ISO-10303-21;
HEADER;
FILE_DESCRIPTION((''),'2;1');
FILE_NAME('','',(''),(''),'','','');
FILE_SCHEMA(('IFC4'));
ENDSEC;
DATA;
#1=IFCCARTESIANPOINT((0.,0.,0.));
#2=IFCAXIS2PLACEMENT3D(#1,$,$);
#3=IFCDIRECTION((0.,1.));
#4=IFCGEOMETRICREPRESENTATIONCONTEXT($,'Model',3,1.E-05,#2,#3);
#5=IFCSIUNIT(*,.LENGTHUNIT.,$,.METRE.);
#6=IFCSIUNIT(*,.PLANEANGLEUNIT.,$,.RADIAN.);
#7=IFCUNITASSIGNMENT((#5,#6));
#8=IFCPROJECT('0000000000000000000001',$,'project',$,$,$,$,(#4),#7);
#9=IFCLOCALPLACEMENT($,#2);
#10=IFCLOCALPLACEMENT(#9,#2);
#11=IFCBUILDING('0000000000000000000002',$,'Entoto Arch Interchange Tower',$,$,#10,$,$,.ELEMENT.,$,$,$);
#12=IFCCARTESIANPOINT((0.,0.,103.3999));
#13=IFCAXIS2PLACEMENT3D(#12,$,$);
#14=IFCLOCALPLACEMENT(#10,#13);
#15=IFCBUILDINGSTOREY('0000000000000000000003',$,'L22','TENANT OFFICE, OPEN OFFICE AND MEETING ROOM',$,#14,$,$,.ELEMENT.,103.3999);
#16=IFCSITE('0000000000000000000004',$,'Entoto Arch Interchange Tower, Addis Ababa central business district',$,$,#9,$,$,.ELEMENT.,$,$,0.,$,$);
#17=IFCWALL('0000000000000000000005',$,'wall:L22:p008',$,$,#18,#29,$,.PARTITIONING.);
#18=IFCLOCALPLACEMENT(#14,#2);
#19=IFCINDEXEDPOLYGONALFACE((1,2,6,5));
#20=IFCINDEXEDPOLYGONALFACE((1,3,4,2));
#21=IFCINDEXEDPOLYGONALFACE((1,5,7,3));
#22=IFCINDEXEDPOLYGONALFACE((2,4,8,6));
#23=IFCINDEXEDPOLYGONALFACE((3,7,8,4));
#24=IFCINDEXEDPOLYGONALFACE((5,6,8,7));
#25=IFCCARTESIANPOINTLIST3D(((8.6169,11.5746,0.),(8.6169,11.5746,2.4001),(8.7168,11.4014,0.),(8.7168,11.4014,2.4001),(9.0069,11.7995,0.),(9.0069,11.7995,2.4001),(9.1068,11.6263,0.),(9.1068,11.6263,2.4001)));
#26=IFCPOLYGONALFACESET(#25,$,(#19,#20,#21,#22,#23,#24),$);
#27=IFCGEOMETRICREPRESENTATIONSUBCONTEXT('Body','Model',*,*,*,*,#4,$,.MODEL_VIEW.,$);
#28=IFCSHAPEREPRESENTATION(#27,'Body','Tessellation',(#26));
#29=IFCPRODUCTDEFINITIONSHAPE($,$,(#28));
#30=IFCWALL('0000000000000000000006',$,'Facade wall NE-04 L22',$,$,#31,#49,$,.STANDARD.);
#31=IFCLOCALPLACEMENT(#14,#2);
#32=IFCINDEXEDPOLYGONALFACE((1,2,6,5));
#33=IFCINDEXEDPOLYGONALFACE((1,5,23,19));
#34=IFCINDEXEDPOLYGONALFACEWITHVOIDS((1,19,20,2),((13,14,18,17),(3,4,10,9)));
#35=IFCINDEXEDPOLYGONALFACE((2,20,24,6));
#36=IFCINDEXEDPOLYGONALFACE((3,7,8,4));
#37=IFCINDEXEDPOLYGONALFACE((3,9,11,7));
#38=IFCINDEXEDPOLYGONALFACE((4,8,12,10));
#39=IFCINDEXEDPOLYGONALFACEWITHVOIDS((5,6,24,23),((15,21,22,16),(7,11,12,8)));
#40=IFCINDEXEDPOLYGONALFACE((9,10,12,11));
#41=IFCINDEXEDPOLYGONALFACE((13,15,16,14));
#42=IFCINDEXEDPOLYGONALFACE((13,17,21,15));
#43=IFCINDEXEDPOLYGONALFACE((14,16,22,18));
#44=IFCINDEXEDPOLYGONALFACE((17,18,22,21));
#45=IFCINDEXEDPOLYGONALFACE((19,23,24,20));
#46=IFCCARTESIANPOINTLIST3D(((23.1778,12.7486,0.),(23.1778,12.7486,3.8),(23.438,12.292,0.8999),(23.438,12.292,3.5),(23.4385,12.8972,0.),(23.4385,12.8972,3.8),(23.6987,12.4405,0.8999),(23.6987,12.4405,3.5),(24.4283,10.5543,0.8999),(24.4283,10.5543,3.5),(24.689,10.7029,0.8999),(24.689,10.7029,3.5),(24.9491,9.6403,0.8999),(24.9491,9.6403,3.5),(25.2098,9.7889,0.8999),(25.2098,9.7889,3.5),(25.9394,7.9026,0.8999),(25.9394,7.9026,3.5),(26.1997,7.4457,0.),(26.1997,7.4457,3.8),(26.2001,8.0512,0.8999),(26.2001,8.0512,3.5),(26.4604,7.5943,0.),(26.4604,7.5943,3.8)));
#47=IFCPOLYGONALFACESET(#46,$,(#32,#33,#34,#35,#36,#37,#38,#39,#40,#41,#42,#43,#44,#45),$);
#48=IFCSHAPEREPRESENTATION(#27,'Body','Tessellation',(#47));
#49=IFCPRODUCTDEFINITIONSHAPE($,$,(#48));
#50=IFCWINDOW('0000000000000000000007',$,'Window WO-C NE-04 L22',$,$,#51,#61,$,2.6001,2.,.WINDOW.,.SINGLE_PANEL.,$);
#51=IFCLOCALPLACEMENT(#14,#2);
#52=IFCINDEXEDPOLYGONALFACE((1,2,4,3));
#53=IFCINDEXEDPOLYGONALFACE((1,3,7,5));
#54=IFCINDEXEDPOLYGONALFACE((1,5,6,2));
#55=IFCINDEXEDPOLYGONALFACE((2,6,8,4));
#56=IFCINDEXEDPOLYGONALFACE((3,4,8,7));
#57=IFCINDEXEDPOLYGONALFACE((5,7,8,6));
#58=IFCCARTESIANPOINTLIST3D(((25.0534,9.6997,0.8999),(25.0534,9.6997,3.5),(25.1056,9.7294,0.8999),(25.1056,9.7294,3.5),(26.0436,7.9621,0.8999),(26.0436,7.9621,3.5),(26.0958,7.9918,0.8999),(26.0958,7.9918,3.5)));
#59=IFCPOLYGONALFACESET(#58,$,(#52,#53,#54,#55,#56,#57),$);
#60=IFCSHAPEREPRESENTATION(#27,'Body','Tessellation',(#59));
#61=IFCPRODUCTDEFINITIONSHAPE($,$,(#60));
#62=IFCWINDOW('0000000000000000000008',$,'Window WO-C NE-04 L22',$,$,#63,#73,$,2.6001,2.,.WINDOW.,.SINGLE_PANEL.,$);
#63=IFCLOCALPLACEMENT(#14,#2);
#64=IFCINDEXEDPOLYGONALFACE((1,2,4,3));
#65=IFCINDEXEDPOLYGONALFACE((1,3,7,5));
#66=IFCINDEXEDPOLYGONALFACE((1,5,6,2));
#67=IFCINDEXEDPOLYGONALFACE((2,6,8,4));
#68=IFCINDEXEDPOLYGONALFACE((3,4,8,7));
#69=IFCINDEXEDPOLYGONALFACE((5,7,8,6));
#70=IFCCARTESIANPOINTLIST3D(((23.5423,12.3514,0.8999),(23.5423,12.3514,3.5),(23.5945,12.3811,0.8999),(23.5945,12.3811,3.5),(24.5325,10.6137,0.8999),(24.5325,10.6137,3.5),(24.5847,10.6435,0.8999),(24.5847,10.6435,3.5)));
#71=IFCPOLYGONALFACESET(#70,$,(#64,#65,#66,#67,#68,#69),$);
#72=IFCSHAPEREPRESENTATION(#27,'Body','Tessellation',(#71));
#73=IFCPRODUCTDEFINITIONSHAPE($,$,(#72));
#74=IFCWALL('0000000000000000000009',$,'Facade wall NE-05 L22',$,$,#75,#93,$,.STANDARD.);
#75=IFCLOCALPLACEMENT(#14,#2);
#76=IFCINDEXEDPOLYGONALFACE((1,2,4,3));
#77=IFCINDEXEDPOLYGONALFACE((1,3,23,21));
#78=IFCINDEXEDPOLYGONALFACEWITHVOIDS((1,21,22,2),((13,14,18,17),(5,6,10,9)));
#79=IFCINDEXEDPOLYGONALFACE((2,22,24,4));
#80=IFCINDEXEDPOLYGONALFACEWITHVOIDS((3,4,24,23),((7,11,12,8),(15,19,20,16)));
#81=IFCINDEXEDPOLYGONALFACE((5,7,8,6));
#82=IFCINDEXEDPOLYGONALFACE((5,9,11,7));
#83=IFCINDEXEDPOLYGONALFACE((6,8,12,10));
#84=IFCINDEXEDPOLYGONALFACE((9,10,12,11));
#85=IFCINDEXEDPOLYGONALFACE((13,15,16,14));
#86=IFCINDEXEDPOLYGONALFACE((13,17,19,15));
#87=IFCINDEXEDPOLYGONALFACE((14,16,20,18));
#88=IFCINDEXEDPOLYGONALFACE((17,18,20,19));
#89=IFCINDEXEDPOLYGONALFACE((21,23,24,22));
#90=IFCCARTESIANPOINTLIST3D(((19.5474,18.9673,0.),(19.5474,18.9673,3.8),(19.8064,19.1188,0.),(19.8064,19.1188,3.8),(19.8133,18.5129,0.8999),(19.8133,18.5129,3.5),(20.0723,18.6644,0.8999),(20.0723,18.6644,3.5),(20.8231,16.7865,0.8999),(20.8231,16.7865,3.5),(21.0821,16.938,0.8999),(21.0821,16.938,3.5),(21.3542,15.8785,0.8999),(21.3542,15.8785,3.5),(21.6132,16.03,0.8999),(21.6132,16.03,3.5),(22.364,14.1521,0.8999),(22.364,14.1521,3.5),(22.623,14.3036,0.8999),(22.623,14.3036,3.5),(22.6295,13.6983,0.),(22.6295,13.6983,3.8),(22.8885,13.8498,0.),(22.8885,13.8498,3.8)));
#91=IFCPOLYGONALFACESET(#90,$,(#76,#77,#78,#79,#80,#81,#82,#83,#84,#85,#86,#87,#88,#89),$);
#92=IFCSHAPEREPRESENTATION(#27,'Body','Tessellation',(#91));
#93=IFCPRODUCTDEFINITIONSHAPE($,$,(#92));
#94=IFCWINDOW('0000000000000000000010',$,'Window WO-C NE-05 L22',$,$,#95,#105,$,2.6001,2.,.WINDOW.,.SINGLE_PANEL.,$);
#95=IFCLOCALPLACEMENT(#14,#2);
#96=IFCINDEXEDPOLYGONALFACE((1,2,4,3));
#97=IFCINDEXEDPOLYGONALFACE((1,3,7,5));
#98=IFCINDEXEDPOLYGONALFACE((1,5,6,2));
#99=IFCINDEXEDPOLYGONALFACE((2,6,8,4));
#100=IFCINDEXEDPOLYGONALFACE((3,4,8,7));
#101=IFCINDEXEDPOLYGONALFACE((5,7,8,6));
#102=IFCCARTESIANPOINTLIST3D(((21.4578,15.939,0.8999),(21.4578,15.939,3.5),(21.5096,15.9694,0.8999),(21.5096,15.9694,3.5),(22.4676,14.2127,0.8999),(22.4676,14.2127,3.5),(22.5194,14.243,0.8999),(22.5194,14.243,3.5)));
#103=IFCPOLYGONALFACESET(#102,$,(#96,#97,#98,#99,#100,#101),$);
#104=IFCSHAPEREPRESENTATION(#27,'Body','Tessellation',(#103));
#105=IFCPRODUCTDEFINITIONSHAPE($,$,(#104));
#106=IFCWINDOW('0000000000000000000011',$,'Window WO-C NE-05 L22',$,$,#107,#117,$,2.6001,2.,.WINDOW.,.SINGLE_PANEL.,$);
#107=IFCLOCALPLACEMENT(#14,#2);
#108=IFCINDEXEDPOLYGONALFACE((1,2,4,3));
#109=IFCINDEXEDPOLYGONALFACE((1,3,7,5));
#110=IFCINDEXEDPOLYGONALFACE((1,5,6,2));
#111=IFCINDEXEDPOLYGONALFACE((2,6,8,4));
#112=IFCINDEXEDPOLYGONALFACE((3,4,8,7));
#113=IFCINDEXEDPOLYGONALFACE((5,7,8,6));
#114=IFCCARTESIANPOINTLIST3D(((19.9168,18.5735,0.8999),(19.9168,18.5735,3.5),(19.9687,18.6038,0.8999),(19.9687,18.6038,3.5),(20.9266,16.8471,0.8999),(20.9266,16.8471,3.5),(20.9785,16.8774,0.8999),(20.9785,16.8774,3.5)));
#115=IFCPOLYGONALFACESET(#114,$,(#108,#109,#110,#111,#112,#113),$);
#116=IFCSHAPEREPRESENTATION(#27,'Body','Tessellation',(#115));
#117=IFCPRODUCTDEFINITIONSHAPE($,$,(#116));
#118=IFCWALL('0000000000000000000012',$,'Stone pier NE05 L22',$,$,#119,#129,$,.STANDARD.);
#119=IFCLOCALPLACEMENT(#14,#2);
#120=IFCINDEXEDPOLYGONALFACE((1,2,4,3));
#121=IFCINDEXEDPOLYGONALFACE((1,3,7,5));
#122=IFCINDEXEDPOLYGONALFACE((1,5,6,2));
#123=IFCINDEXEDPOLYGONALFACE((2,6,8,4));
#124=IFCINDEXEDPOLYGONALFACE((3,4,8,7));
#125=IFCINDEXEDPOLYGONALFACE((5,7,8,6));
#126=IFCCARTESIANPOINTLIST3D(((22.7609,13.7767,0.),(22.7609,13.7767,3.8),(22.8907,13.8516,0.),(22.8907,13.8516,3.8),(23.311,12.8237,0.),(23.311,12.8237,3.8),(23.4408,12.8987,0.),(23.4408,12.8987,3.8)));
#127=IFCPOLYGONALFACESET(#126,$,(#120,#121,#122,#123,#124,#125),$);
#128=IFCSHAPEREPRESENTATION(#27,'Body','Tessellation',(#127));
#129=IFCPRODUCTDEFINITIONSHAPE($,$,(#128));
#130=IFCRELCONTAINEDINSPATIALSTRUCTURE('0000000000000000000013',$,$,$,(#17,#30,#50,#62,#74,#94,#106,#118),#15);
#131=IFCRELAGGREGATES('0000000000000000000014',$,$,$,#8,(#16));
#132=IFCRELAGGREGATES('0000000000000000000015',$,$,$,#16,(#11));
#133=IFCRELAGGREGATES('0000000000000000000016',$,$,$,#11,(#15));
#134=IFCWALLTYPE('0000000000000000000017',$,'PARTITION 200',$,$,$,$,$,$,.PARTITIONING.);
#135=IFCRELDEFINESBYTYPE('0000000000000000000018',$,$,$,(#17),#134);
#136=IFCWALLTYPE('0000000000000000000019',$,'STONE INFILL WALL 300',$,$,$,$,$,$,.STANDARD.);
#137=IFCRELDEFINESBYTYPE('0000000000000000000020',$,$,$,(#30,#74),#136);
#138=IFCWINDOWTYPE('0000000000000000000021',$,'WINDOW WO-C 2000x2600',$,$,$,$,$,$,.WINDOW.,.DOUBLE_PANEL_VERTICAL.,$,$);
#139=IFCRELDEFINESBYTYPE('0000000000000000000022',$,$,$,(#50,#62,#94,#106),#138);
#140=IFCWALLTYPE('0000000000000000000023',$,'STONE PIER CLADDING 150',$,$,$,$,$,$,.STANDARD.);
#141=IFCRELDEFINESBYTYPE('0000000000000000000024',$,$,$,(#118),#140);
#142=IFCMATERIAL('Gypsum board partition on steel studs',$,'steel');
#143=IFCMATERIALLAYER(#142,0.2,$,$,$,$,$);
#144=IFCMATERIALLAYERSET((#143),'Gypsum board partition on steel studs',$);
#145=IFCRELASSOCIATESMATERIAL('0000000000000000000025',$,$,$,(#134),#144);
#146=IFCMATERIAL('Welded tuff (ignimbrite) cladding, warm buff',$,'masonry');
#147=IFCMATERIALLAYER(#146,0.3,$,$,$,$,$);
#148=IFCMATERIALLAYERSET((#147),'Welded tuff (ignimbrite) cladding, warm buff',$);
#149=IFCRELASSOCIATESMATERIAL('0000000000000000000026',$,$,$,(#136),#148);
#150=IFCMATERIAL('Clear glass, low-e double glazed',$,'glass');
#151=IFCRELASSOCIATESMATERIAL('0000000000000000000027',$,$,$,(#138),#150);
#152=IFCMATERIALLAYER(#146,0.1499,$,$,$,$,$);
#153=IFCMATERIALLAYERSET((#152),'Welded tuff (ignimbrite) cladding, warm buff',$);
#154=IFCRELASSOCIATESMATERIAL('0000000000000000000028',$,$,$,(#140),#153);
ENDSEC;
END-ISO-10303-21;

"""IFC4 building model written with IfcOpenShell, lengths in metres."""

from ifc_helpers import new_model, si_unit, direction, frame, frame_2d, origin, place, context, subcontext, project, spatial, rectangle, extrude, material, layer, layer_set, type_object, element, fill, save


model = new_model("IFC4")

# Units and contexts
model_context = context("Model", 3, precision=1e-05, world=origin(), true_north=direction((0.0, 1.0)))
body_context = subcontext(model_context, "Body", "Model", "MODEL_VIEW")
ifc_project = project(units=[si_unit("LENGTHUNIT", "METRE"), si_unit("PLANEANGLEUNIT", "RADIAN")], contexts=[model_context])

# Site, building, storey
site_placement = place(None, origin())
site = spatial("IfcSite", under=ifc_project, at=site_placement, Name="Entoto Arch Interchange Tower, Addis Ababa central business district", CompositionType="ELEMENT", RefElevation=0.0)
building_placement = place(site_placement, origin())
building = spatial("IfcBuilding", under=site, at=building_placement, Name="Entoto Arch Interchange Tower", CompositionType="ELEMENT")
storey_placement = place(building_placement, frame((0.0, 0.0, 103.3999)))
storey = spatial("IfcBuildingStorey", under=building, at=storey_placement, Name="L22", Description="TENANT OFFICE, OPEN OFFICE AND MEETING ROOM", CompositionType="ELEMENT", Elevation=103.3999)

# Shared definitions
ifc_material_1 = material(Name="Gypsum board partition on steel studs", Category="steel")
ifc_layer_1 = layer(ifc_material_1, 0.2)
ifc_layer_set_1 = layer_set([ifc_layer_1], Name="Gypsum board partition on steel studs")
wall_type_1 = type_object("IfcWallType", Name="PARTITION 200", PredefinedType="PARTITIONING", material=ifc_layer_set_1)

# Wall
wall_1_placement = place(storey_placement, frame((9.0569, 11.7129, 0.0), z_axis=(0.0, 0.0, 1.0), x_axis=(-0.866267, -0.499582, 0.0)))
element("IfcWall", 1, at=wall_1_placement, inside=storey, type_object=wall_type_1, Name="wall:L22:p008", PredefinedType="PARTITIONING", context=body_context, shape_type="SweptSolid", body=[
    extrude(rectangle(XDim=0.4502, YDim=0.2, at=frame_2d((0.2251, 0.0))), origin(), (0.0, 0.0, 1.0), 2.4001),
])

# Walls, openings, windows
ifc_material_2 = material(Name="Welded tuff (ignimbrite) cladding, warm buff", Category="masonry")
ifc_layer_2 = layer(ifc_material_2, 0.3)
ifc_layer_set_2 = layer_set([ifc_layer_2], Name="Welded tuff (ignimbrite) cladding, warm buff")
wall_type_2 = type_object("IfcWallType", Name="STONE INFILL WALL 300", PredefinedType="STANDARD", material=ifc_layer_set_2)
wall_2_placement = place(storey_placement, frame((26.3301, 7.52, 0.0), z_axis=(0.0, 0.0, 1.0), x_axis=(-0.495113, 0.868828, 0.0)))
wall_2 = element("IfcWall", 2, at=wall_2_placement, inside=storey, type_object=wall_type_2, Name="Facade wall NE-04 L22", PredefinedType="STANDARD", context=body_context, shape_type="SweptSolid", body=[
    extrude(rectangle(XDim=6.1035, YDim=0.3, at=frame_2d((3.0518, 0.0))), origin(), (0.0, 0.0, 1.0), 3.8),
])
opening_1_placement = place(wall_2_placement, frame((0.5259, 0.0, 0.8999)))
opening_1 = element("IfcOpeningElement", 3, at=opening_1_placement, cuts=wall_2, PredefinedType="OPENING", context=body_context, shape_type="SweptSolid", body=[
    extrude(rectangle(XDim=2.0, YDim=2.6001, at=frame_2d((1.0, 1.3))), frame((0.0, 0.1602, 0.0), z_axis=(0.0, -1.0, 0.0), x_axis=(1.0, 0.0, 0.0)), (0.0, 0.0, 1.0), 0.3201),
])
opening_2_placement = place(wall_2_placement, frame((3.5779, 0.0, 0.8999)))
opening_2 = element("IfcOpeningElement", 4, at=opening_2_placement, cuts=wall_2, PredefinedType="OPENING", context=body_context, shape_type="SweptSolid", body=[
    extrude(rectangle(XDim=2.0, YDim=2.6001, at=frame_2d((1.0, 1.3))), frame((0.0, 0.1602, 0.0), z_axis=(0.0, -1.0, 0.0), x_axis=(1.0, 0.0, 0.0)), (0.0, 0.0, 1.0), 0.3201),
])
ifc_material_3 = material(Name="Clear glass, low-e double glazed", Category="glass")
window_type = type_object("IfcWindowType", Name="WINDOW WO-C 2000x2600", PartitioningType="DOUBLE_PANEL_VERTICAL", PredefinedType="WINDOW", material=ifc_material_3)
window_1_placement = place(opening_1_placement, origin())
window_1 = element("IfcWindow", 5, at=window_1_placement, inside=storey, type_object=window_type, Name="Window WO-C NE-04 L22", OverallHeight=2.6001, OverallWidth=2.0, PartitioningType="SINGLE_PANEL", PredefinedType="WINDOW", context=body_context, shape_type="SweptSolid", body=[
    extrude(rectangle(XDim=2.0, YDim=2.6001, at=frame_2d((1.0, 1.3))), frame((0.0, 0.03, 0.0), z_axis=(0.0, -1.0, 0.0), x_axis=(1.0, 0.0, 0.0)), (0.0, 0.0, 1.0), 0.0601),
])
fill(opening_1, window_1)
window_2_placement = place(opening_2_placement, origin())
window_2 = element("IfcWindow", 6, at=window_2_placement, inside=storey, type_object=window_type, Name="Window WO-C NE-04 L22", OverallHeight=2.6001, OverallWidth=2.0, PartitioningType="SINGLE_PANEL", PredefinedType="WINDOW", context=body_context, shape_type="SweptSolid", body=[
    extrude(rectangle(XDim=2.0, YDim=2.6001, at=frame_2d((1.0, 1.3))), frame((0.0, 0.03, 0.0), z_axis=(0.0, -1.0, 0.0), x_axis=(1.0, 0.0, 0.0)), (0.0, 0.0, 1.0), 0.0601),
])
fill(opening_2, window_2)
wall_3_placement = place(storey_placement, frame((22.759, 13.7739, 0.0), z_axis=(0.0, 0.0, 1.0), x_axis=(-0.5049, 0.863178, 0.0)))
wall_3 = element("IfcWall", 7, at=wall_3_placement, inside=storey, type_object=wall_type_2, Name="Facade wall NE-05 L22", PredefinedType="STANDARD", context=body_context, shape_type="SweptSolid", body=[
    extrude(rectangle(XDim=6.1042, YDim=0.3, at=frame_2d((3.0522, 0.0))), origin(), (0.0, 0.0, 1.0), 3.8),
])
opening_3_placement = place(wall_3_placement, frame((0.5259, 0.0, 0.8999)))
opening_3 = element("IfcOpeningElement", 8, at=opening_3_placement, cuts=wall_3, PredefinedType="OPENING", context=body_context, shape_type="SweptSolid", body=[
    extrude(rectangle(XDim=2.0, YDim=2.6001, at=frame_2d((1.0, 1.3))), frame((0.0, 0.1602, 0.0), z_axis=(0.0, -1.0, 0.0), x_axis=(1.0, 0.0, 0.0)), (0.0, 0.0, 1.0), 0.3201),
])
opening_4_placement = place(wall_3_placement, frame((3.5779, 0.0, 0.8999)))
opening_4 = element("IfcOpeningElement", 9, at=opening_4_placement, cuts=wall_3, PredefinedType="OPENING", context=body_context, shape_type="SweptSolid", body=[
    extrude(rectangle(XDim=2.0, YDim=2.6001, at=frame_2d((1.0, 1.3))), frame((0.0, 0.1602, 0.0), z_axis=(0.0, -1.0, 0.0), x_axis=(1.0, 0.0, 0.0)), (0.0, 0.0, 1.0), 0.3201),
])
window_3_placement = place(opening_3_placement, origin())
window_3 = element("IfcWindow", 10, at=window_3_placement, inside=storey, type_object=window_type, Name="Window WO-C NE-05 L22", OverallHeight=2.6001, OverallWidth=2.0, PartitioningType="SINGLE_PANEL", PredefinedType="WINDOW", context=body_context, shape_type="SweptSolid", body=[
    extrude(rectangle(XDim=2.0, YDim=2.6001, at=frame_2d((1.0, 1.3))), frame((0.0, 0.03, 0.0), z_axis=(0.0, -1.0, 0.0), x_axis=(1.0, 0.0, 0.0)), (0.0, 0.0, 1.0), 0.0601),
])
fill(opening_3, window_3)
window_4_placement = place(opening_4_placement, origin())
window_4 = element("IfcWindow", 11, at=window_4_placement, inside=storey, type_object=window_type, Name="Window WO-C NE-05 L22", OverallHeight=2.6001, OverallWidth=2.0, PartitioningType="SINGLE_PANEL", PredefinedType="WINDOW", context=body_context, shape_type="SweptSolid", body=[
    extrude(rectangle(XDim=2.0, YDim=2.6001, at=frame_2d((1.0, 1.3))), frame((0.0, 0.03, 0.0), z_axis=(0.0, -1.0, 0.0), x_axis=(1.0, 0.0, 0.0)), (0.0, 0.0, 1.0), 0.0601),
])
fill(opening_4, window_4)

# Wall
ifc_layer_3 = layer(ifc_material_2, 0.1499)
ifc_layer_set_3 = layer_set([ifc_layer_3], Name="Welded tuff (ignimbrite) cladding, warm buff")
wall_type_3 = type_object("IfcWallType", Name="STONE PIER CLADDING 150", PredefinedType="STANDARD", material=ifc_layer_set_3)
wall_4_placement = place(storey_placement, frame((23.376, 12.8611, 0.0), z_axis=(0.0, 0.0, 1.0), x_axis=(-0.499934, 0.866064, 0.0)))
element("IfcWall", 12, at=wall_4_placement, inside=storey, type_object=wall_type_3, Name="Stone pier NE05 L22", PredefinedType="STANDARD", context=body_context, shape_type="SweptSolid", body=[
    extrude(rectangle(XDim=1.1003, YDim=0.1499, at=frame_2d((0.5503, 0.0))), origin(), (0.0, 0.0, 1.0), 3.8),
])

save(model, "model.ifc")
